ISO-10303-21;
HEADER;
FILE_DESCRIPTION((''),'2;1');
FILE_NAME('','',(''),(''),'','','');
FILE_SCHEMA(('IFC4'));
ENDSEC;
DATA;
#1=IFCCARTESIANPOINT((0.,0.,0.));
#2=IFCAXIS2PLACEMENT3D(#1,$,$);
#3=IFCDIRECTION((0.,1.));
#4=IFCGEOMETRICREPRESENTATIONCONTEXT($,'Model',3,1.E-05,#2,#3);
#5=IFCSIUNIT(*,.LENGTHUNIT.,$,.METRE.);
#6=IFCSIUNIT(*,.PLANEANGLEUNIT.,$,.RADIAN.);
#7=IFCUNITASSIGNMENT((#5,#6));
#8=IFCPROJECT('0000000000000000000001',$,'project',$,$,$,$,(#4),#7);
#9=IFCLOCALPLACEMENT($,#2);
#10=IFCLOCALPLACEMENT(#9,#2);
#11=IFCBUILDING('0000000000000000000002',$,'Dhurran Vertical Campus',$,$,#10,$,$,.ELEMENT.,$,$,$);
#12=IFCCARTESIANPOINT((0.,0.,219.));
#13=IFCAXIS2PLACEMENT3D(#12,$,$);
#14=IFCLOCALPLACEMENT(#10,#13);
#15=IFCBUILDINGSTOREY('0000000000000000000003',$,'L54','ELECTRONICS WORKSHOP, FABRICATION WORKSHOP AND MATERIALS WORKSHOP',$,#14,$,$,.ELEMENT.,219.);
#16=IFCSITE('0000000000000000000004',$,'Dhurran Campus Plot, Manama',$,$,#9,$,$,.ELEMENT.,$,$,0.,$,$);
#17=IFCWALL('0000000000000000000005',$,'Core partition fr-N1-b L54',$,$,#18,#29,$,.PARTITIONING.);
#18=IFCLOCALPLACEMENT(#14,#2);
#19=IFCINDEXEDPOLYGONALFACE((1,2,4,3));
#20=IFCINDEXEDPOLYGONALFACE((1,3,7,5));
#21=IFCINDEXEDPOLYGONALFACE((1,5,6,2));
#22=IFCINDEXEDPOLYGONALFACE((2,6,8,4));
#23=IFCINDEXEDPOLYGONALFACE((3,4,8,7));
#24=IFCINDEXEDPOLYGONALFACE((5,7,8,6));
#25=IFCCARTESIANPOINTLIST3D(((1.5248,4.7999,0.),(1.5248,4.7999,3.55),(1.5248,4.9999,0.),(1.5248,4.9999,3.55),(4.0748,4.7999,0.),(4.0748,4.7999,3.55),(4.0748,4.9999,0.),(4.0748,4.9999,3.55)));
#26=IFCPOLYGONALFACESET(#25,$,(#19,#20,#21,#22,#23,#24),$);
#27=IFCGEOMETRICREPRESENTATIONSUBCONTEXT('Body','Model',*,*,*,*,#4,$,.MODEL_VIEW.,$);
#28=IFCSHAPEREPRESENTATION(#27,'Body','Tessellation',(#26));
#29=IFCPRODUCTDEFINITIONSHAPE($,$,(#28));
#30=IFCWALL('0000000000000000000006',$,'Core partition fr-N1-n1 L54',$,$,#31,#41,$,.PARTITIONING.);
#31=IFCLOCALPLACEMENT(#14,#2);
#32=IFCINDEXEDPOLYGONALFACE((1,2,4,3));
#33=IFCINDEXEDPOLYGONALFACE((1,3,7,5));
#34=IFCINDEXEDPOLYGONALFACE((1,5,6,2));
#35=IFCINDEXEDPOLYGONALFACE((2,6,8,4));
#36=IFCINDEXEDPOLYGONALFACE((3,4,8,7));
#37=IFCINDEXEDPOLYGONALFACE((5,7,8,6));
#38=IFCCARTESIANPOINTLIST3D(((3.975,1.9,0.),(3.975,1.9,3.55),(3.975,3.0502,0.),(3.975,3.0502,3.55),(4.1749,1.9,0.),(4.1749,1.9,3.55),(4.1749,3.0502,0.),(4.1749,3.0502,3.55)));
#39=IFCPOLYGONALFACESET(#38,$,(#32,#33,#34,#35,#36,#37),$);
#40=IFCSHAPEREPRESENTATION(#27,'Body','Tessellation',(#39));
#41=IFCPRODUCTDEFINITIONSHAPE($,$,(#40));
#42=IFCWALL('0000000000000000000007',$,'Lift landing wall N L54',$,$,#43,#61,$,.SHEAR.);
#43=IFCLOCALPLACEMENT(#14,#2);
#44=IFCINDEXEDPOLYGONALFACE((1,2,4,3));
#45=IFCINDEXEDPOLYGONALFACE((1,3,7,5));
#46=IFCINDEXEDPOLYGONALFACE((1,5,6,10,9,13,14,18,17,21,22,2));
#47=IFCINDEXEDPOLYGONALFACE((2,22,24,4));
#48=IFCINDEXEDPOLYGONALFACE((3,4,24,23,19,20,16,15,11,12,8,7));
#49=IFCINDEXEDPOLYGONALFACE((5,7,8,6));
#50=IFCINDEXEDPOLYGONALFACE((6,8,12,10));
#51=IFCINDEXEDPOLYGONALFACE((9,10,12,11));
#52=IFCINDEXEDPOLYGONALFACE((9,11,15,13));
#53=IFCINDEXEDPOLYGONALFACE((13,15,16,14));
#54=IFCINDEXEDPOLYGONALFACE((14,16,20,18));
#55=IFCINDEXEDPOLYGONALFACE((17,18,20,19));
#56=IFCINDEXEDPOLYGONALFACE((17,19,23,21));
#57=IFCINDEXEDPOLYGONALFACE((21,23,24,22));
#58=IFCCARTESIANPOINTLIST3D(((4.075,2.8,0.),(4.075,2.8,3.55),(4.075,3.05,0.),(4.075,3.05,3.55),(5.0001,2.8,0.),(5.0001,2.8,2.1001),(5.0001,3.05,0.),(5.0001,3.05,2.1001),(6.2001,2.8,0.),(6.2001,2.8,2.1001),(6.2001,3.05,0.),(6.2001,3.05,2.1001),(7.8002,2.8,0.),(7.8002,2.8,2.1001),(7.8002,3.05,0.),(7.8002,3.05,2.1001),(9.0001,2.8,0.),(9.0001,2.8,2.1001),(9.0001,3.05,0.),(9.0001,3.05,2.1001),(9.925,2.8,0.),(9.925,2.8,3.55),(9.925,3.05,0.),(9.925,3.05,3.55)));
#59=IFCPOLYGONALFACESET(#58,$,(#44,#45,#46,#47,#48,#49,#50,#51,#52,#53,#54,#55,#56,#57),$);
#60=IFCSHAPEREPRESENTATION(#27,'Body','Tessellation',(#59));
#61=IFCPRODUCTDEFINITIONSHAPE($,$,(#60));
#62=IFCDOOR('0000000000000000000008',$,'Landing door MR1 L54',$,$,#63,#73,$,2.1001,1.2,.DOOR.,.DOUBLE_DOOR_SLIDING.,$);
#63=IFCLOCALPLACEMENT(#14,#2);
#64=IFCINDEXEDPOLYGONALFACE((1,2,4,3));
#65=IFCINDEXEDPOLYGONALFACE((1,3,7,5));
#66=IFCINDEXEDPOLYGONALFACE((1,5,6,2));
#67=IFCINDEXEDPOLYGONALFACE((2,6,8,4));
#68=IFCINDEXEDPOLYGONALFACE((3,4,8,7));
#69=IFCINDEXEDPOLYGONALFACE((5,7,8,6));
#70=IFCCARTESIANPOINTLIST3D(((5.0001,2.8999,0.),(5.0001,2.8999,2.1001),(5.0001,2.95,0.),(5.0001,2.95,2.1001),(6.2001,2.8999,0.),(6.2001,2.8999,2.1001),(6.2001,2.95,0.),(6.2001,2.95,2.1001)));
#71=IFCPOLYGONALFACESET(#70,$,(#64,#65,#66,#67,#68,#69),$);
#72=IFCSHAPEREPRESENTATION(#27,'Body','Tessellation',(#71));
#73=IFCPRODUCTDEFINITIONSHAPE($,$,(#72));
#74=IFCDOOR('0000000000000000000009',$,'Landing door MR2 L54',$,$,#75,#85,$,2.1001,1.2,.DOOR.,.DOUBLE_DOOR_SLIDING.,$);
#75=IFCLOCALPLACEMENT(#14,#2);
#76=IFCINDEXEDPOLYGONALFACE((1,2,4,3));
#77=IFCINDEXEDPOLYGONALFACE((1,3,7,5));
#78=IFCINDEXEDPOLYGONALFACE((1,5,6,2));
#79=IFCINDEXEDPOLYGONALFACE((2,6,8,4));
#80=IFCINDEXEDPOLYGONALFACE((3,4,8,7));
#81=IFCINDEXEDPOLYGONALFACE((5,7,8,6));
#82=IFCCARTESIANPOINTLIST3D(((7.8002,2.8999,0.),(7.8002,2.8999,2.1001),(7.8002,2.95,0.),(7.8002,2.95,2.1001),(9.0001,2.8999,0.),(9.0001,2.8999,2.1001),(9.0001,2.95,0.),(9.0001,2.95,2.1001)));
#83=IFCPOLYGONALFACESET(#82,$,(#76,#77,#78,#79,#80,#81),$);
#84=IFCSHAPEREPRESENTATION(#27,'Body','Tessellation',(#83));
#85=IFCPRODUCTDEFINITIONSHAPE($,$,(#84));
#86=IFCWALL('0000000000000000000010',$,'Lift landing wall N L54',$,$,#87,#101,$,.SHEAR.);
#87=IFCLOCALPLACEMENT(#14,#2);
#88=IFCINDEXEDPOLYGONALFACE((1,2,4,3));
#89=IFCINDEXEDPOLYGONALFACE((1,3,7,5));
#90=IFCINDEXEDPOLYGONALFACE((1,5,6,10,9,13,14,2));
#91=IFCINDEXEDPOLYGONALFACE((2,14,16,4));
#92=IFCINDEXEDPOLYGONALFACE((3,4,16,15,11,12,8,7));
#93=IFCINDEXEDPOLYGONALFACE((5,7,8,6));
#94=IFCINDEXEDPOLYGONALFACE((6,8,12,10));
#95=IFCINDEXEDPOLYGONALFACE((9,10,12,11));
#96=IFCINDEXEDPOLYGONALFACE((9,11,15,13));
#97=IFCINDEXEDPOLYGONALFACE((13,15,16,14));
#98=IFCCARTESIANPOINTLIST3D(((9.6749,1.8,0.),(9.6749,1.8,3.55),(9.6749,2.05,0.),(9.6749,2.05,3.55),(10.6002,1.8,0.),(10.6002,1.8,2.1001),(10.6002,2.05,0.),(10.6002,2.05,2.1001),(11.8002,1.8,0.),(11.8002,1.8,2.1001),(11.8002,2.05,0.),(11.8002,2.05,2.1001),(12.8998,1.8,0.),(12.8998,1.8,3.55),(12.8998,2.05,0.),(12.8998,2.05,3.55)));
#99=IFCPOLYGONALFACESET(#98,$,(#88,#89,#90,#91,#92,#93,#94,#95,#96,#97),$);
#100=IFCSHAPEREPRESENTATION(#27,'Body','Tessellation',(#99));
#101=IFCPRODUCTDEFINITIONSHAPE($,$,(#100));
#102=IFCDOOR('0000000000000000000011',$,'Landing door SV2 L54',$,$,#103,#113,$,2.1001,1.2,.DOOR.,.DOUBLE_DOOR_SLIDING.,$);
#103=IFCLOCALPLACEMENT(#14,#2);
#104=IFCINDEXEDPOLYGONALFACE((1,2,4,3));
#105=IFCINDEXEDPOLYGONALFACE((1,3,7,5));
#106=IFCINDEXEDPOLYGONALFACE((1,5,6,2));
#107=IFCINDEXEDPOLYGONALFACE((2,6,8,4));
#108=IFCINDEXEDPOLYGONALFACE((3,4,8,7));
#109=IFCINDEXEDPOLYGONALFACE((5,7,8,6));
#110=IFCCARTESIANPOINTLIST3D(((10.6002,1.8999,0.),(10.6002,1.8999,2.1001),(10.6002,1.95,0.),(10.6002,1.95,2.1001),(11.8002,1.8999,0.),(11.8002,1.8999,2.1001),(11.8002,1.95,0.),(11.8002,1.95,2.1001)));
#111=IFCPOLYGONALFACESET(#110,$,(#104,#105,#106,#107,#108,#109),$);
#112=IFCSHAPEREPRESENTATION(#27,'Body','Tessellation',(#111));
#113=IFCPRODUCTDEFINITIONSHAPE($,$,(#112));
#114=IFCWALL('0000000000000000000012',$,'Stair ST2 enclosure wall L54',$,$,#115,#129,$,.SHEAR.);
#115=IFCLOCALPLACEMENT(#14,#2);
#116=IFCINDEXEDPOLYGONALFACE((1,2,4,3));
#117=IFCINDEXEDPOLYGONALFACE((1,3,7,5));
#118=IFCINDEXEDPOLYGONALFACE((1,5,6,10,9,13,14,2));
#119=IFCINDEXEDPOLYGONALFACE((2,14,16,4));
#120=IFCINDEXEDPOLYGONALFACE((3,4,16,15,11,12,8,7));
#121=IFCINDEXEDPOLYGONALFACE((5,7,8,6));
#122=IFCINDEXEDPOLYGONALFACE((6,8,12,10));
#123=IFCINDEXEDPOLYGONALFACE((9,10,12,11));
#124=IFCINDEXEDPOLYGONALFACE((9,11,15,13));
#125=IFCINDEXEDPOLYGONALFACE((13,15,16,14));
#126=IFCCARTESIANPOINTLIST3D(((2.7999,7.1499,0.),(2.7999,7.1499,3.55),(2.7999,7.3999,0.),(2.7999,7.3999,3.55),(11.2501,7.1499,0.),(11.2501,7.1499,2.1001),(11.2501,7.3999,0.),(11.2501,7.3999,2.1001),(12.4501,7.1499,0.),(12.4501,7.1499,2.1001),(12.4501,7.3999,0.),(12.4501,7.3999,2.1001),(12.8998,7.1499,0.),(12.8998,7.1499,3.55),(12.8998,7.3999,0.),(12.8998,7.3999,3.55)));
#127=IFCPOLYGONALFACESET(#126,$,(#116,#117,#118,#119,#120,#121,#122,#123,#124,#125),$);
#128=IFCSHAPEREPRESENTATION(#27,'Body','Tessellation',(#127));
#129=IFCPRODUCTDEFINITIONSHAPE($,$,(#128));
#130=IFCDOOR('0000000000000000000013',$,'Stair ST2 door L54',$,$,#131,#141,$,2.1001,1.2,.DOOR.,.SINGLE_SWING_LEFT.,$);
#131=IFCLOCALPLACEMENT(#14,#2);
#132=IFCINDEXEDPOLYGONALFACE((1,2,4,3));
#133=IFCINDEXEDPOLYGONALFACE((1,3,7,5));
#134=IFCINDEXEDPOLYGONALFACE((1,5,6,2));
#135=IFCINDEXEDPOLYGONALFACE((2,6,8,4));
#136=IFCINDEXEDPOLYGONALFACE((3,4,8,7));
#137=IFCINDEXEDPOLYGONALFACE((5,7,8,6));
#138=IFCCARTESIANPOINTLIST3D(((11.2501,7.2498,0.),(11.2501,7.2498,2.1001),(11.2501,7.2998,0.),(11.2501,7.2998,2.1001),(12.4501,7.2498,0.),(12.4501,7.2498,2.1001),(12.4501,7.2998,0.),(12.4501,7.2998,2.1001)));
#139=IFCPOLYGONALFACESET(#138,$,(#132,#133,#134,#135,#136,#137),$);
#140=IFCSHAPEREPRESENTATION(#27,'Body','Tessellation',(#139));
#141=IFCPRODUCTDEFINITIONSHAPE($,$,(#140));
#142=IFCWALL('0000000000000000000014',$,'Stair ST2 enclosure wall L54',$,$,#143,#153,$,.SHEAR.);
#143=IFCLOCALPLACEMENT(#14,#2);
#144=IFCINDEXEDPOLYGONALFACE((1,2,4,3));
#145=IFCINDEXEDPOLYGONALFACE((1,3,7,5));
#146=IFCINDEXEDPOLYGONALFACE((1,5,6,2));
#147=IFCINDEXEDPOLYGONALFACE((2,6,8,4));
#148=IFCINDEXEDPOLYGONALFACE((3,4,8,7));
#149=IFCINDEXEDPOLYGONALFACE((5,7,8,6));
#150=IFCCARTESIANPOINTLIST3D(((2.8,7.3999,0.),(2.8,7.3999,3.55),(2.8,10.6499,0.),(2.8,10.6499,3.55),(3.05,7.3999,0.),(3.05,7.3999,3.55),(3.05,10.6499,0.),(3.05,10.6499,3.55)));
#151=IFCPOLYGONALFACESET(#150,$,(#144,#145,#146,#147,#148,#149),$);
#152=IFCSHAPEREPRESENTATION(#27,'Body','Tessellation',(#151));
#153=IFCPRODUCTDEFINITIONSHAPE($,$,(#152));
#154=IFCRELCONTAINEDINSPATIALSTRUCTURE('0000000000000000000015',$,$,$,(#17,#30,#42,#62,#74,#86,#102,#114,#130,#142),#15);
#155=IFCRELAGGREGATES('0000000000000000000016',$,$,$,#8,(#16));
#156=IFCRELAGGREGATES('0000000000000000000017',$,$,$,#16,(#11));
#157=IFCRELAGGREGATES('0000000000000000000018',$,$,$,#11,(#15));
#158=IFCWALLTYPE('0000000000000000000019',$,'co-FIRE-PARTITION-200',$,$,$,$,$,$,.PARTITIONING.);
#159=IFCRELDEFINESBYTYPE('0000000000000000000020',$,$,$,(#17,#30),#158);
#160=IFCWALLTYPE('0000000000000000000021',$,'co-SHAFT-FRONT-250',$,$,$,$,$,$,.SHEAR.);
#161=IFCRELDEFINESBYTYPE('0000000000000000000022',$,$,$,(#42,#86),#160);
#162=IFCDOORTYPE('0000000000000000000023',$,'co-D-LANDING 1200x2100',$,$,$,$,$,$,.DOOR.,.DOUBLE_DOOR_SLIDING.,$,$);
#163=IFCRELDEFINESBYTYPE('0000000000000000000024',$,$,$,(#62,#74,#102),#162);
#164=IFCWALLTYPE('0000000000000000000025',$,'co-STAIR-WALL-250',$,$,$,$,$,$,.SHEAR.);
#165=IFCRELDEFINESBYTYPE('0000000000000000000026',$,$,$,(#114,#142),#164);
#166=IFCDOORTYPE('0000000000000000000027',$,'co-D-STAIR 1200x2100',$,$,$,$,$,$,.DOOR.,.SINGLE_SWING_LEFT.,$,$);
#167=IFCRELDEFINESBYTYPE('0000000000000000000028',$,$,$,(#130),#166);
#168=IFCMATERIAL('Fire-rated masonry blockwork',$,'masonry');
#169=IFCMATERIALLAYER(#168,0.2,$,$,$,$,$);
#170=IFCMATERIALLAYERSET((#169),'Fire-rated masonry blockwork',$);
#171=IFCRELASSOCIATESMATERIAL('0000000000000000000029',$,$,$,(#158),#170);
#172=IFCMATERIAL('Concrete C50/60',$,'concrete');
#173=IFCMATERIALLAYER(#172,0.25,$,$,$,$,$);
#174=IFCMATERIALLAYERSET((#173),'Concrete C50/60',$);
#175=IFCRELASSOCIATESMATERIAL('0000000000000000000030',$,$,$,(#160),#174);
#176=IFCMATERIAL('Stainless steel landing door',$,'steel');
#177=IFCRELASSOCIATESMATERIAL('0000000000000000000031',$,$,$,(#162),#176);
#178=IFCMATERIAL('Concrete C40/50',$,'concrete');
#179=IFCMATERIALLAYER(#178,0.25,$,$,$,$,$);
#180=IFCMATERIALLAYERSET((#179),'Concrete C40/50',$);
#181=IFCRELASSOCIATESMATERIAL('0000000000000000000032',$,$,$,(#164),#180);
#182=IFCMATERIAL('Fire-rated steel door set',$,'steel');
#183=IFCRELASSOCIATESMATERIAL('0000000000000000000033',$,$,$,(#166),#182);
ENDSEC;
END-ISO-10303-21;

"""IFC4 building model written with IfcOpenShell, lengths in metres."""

from ifc_helpers import new_model, si_unit, direction, frame, frame_2d, origin, place, context, subcontext, project, spatial, rectangle, extrude, material, layer, layer_set, type_object, element, fill, save


model = new_model("IFC4")

# Units and contexts
model_context = context("Model", 3, precision=1e-05, world=origin(), true_north=direction((0.0, 1.0)))
body_context = subcontext(model_context, "Body", "Model", "MODEL_VIEW")
ifc_project = project(units=[si_unit("LENGTHUNIT", "METRE"), si_unit("PLANEANGLEUNIT", "RADIAN")], contexts=[model_context])

# Site, building, storey
site_placement = place(None, origin())
site = spatial("IfcSite", under=ifc_project, at=site_placement, Name="Dhurran Campus Plot, Manama", CompositionType="ELEMENT", RefElevation=0.0)
building_placement = place(site_placement, origin())
building = spatial("IfcBuilding", under=site, at=building_placement, Name="Dhurran Vertical Campus", CompositionType="ELEMENT")
storey_placement = place(building_placement, frame((0.0, 0.0, 219.0)))
storey = spatial("IfcBuildingStorey", under=building, at=storey_placement, Name="L54", Description="ELECTRONICS WORKSHOP, FABRICATION WORKSHOP AND MATERIALS WORKSHOP", CompositionType="ELEMENT", Elevation=219.0)

# Shared definitions
ifc_material_1 = material(Name="Fire-rated masonry blockwork", Category="masonry")
ifc_layer_1 = layer(ifc_material_1, 0.2)
ifc_layer_set_1 = layer_set([ifc_layer_1], Name="Fire-rated masonry blockwork")
wall_type_1 = type_object("IfcWallType", Name="co-FIRE-PARTITION-200", PredefinedType="PARTITIONING", material=ifc_layer_set_1)

# Walls
wall_1_placement = place(storey_placement, frame((1.5249, 4.8999, 0.0), z_axis=(0.0, 0.0, 1.0), x_axis=(1.0, 0.0, 0.0)))
element("IfcWall", 1, at=wall_1_placement, inside=storey, type_object=wall_type_1, Name="Core partition fr-N1-b L54", PredefinedType="PARTITIONING", context=body_context, shape_type="SweptSolid", body=[
    extrude(rectangle(XDim=2.55, YDim=0.2, at=frame_2d((1.2749, 0.0))), origin(), (0.0, 0.0, 1.0), 3.55),
])
wall_2_placement = place(storey_placement, frame((4.075, 1.8999, 0.0), z_axis=(0.0, 0.0, 1.0), x_axis=(0.0, 1.0, 0.0)))
element("IfcWall", 2, at=wall_2_placement, inside=storey, type_object=wall_type_1, Name="Core partition fr-N1-n1 L54", PredefinedType="PARTITIONING", context=body_context, shape_type="SweptSolid", body=[
    extrude(rectangle(XDim=1.1501, YDim=0.2, at=frame_2d((0.5752, 0.0))), origin(), (0.0, 0.0, 1.0), 3.55),
])

# Wall, openings, doors
ifc_material_2 = material(Name="Concrete C50/60", Category="concrete")
ifc_layer_2 = layer(ifc_material_2, 0.25)
ifc_layer_set_2 = layer_set([ifc_layer_2], Name="Concrete C50/60")
wall_type_2 = type_object("IfcWallType", Name="co-SHAFT-FRONT-250", PredefinedType="SHEAR", material=ifc_layer_set_2)
wall_3_placement = place(storey_placement, frame((4.075, 2.925, 0.0), z_axis=(0.0, 0.0, 1.0), x_axis=(1.0, 0.0, 0.0)))
wall_3 = element("IfcWall", 3, at=wall_3_placement, inside=storey, type_object=wall_type_2, Name="Lift landing wall N L54", PredefinedType="SHEAR", context=body_context, shape_type="SweptSolid", body=[
    extrude(rectangle(XDim=5.8501, YDim=0.25, at=frame_2d((2.925, 0.0))), origin(), (0.0, 0.0, 1.0), 3.55),
])
opening_1_placement = place(wall_3_placement, frame((0.925, 0.0, 0.0)))
opening_1 = element("IfcOpeningElement", 4, at=opening_1_placement, cuts=wall_3, PredefinedType="OPENING", context=body_context, shape_type="SweptSolid", body=[
    extrude(rectangle(XDim=1.2, YDim=2.1001, at=frame_2d((0.6001, 1.05))), frame((0.0, 0.135, 0.0), z_axis=(0.0, -1.0, 0.0), x_axis=(1.0, 0.0, 0.0)), (0.0, 0.0, 1.0), 0.27),
])
opening_2_placement = place(wall_3_placement, frame((3.7251, 0.0, 0.0)))
opening_2 = element("IfcOpeningElement", 5, at=opening_2_placement, cuts=wall_3, PredefinedType="OPENING", context=body_context, shape_type="SweptSolid", body=[
    extrude(rectangle(XDim=1.2, YDim=2.1001, at=frame_2d((0.6001, 1.05))), frame((0.0, 0.135, 0.0), z_axis=(0.0, -1.0, 0.0), x_axis=(1.0, 0.0, 0.0)), (0.0, 0.0, 1.0), 0.27),
])
ifc_material_3 = material(Name="Stainless steel landing door", Category="steel")
door_type_1 = type_object("IfcDoorType", Name="co-D-LANDING 1200x2100", OperationType="DOUBLE_DOOR_SLIDING", PredefinedType="DOOR", material=ifc_material_3)
door_1_placement = place(opening_1_placement, origin())
door_1 = element("IfcDoor", 6, at=door_1_placement, inside=storey, type_object=door_type_1, Name="Landing door MR1 L54", OperationType="DOUBLE_DOOR_SLIDING", OverallHeight=2.1001, OverallWidth=1.2, PredefinedType="DOOR", context=body_context, shape_type="SweptSolid", body=[
    extrude(rectangle(XDim=1.2, YDim=2.1001, at=frame_2d((0.6001, 1.05))), frame((0.0, 0.0249, 0.0), z_axis=(0.0, -1.0, 0.0), x_axis=(1.0, 0.0, 0.0)), (0.0, 0.0, 1.0), 0.05),
])
fill(opening_1, door_1)
door_2_placement = place(opening_2_placement, origin())
door_2 = element("IfcDoor", 7, at=door_2_placement, inside=storey, type_object=door_type_1, Name="Landing door MR2 L54", OperationType="DOUBLE_DOOR_SLIDING", OverallHeight=2.1001, OverallWidth=1.2, PredefinedType="DOOR", context=body_context, shape_type="SweptSolid", body=[
    extrude(rectangle(XDim=1.2, YDim=2.1001, at=frame_2d((0.6001, 1.05))), frame((0.0, 0.0249, 0.0), z_axis=(0.0, -1.0, 0.0), x_axis=(1.0, 0.0, 0.0)), (0.0, 0.0, 1.0), 0.05),
])
fill(opening_2, door_2)

# Walls, openings, doors
wall_4_placement = place(storey_placement, frame((9.675, 1.925, 0.0), z_axis=(0.0, 0.0, 1.0), x_axis=(1.0, 0.0, 0.0)))
wall_4 = element("IfcWall", 8, at=wall_4_placement, inside=storey, type_object=wall_type_2, Name="Lift landing wall N L54", PredefinedType="SHEAR", context=body_context, shape_type="SweptSolid", body=[
    extrude(rectangle(XDim=3.2249, YDim=0.25, at=frame_2d((1.6123, 0.0))), origin(), (0.0, 0.0, 1.0), 3.55),
])
opening_3_placement = place(wall_4_placement, frame((0.925, 0.0, 0.0)))
opening_3 = element("IfcOpeningElement", 9, at=opening_3_placement, cuts=wall_4, PredefinedType="OPENING", context=body_context, shape_type="SweptSolid", body=[
    extrude(rectangle(XDim=1.2, YDim=2.1001, at=frame_2d((0.6001, 1.05))), frame((0.0, 0.135, 0.0), z_axis=(0.0, -1.0, 0.0), x_axis=(1.0, 0.0, 0.0)), (0.0, 0.0, 1.0), 0.27),
])
door_3_placement = place(opening_3_placement, origin())
door_3 = element("IfcDoor", 10, at=door_3_placement, inside=storey, type_object=door_type_1, Name="Landing door SV2 L54", OperationType="DOUBLE_DOOR_SLIDING", OverallHeight=2.1001, OverallWidth=1.2, PredefinedType="DOOR", context=body_context, shape_type="SweptSolid", body=[
    extrude(rectangle(XDim=1.2, YDim=2.1001, at=frame_2d((0.6001, 1.05))), frame((0.0, 0.0249, 0.0), z_axis=(0.0, -1.0, 0.0), x_axis=(1.0, 0.0, 0.0)), (0.0, 0.0, 1.0), 0.05),
])
fill(opening_3, door_3)
ifc_material_4 = material(Name="Concrete C40/50", Category="concrete")
ifc_layer_3 = layer(ifc_material_4, 0.25)
ifc_layer_set_3 = layer_set([ifc_layer_3], Name="Concrete C40/50")
wall_type_3 = type_object("IfcWallType", Name="co-STAIR-WALL-250", PredefinedType="SHEAR", material=ifc_layer_set_3)
wall_5_placement = place(storey_placement, frame((2.8, 7.2749, 0.0), z_axis=(0.0, 0.0, 1.0), x_axis=(1.0, 0.0, 0.0)))
wall_5 = element("IfcWall", 11, at=wall_5_placement, inside=storey, type_object=wall_type_3, Name="Stair ST2 enclosure wall L54", PredefinedType="SHEAR", context=body_context, shape_type="SweptSolid", body=[
    extrude(rectangle(XDim=10.0999, YDim=0.25, at=frame_2d((5.0498, 0.0))), origin(), (0.0, 0.0, 1.0), 3.55),
])
opening_4_placement = place(wall_5_placement, frame((8.45, 0.0, 0.0)))
opening_4 = element("IfcOpeningElement", 12, at=opening_4_placement, cuts=wall_5, PredefinedType="OPENING", context=body_context, shape_type="SweptSolid", body=[
    extrude(rectangle(XDim=1.2, YDim=2.1001, at=frame_2d((0.6001, 1.05))), frame((0.0, 0.135, 0.0), z_axis=(0.0, -1.0, 0.0), x_axis=(1.0, 0.0, 0.0)), (0.0, 0.0, 1.0), 0.27),
])
ifc_material_5 = material(Name="Fire-rated steel door set", Category="steel")
door_type_2 = type_object("IfcDoorType", Name="co-D-STAIR 1200x2100", OperationType="SINGLE_SWING_LEFT", PredefinedType="DOOR", material=ifc_material_5)
door_4_placement = place(opening_4_placement, origin())
door_4 = element("IfcDoor", 13, at=door_4_placement, inside=storey, type_object=door_type_2, Name="Stair ST2 door L54", OperationType="SINGLE_SWING_LEFT", OverallHeight=2.1001, OverallWidth=1.2, PredefinedType="DOOR", context=body_context, shape_type="SweptSolid", body=[
    extrude(rectangle(XDim=1.2, YDim=2.1001, at=frame_2d((0.6001, 1.05))), frame((0.0, 0.0249, 0.0), z_axis=(0.0, -1.0, 0.0), x_axis=(1.0, 0.0, 0.0)), (0.0, 0.0, 1.0), 0.05),
])
fill(opening_4, door_4)

# Wall
wall_6_placement = place(storey_placement, frame((2.925, 7.3999, 0.0), z_axis=(0.0, 0.0, 1.0), x_axis=(0.0, 1.0, 0.0)))
element("IfcWall", 14, at=wall_6_placement, inside=storey, type_object=wall_type_3, Name="Stair ST2 enclosure wall L54", PredefinedType="SHEAR", context=body_context, shape_type="SweptSolid", body=[
    extrude(rectangle(XDim=3.25, YDim=0.25, at=frame_2d((1.625, 0.0))), origin(), (0.0, 0.0, 1.0), 3.55),
])

save(model, "model.ifc")
